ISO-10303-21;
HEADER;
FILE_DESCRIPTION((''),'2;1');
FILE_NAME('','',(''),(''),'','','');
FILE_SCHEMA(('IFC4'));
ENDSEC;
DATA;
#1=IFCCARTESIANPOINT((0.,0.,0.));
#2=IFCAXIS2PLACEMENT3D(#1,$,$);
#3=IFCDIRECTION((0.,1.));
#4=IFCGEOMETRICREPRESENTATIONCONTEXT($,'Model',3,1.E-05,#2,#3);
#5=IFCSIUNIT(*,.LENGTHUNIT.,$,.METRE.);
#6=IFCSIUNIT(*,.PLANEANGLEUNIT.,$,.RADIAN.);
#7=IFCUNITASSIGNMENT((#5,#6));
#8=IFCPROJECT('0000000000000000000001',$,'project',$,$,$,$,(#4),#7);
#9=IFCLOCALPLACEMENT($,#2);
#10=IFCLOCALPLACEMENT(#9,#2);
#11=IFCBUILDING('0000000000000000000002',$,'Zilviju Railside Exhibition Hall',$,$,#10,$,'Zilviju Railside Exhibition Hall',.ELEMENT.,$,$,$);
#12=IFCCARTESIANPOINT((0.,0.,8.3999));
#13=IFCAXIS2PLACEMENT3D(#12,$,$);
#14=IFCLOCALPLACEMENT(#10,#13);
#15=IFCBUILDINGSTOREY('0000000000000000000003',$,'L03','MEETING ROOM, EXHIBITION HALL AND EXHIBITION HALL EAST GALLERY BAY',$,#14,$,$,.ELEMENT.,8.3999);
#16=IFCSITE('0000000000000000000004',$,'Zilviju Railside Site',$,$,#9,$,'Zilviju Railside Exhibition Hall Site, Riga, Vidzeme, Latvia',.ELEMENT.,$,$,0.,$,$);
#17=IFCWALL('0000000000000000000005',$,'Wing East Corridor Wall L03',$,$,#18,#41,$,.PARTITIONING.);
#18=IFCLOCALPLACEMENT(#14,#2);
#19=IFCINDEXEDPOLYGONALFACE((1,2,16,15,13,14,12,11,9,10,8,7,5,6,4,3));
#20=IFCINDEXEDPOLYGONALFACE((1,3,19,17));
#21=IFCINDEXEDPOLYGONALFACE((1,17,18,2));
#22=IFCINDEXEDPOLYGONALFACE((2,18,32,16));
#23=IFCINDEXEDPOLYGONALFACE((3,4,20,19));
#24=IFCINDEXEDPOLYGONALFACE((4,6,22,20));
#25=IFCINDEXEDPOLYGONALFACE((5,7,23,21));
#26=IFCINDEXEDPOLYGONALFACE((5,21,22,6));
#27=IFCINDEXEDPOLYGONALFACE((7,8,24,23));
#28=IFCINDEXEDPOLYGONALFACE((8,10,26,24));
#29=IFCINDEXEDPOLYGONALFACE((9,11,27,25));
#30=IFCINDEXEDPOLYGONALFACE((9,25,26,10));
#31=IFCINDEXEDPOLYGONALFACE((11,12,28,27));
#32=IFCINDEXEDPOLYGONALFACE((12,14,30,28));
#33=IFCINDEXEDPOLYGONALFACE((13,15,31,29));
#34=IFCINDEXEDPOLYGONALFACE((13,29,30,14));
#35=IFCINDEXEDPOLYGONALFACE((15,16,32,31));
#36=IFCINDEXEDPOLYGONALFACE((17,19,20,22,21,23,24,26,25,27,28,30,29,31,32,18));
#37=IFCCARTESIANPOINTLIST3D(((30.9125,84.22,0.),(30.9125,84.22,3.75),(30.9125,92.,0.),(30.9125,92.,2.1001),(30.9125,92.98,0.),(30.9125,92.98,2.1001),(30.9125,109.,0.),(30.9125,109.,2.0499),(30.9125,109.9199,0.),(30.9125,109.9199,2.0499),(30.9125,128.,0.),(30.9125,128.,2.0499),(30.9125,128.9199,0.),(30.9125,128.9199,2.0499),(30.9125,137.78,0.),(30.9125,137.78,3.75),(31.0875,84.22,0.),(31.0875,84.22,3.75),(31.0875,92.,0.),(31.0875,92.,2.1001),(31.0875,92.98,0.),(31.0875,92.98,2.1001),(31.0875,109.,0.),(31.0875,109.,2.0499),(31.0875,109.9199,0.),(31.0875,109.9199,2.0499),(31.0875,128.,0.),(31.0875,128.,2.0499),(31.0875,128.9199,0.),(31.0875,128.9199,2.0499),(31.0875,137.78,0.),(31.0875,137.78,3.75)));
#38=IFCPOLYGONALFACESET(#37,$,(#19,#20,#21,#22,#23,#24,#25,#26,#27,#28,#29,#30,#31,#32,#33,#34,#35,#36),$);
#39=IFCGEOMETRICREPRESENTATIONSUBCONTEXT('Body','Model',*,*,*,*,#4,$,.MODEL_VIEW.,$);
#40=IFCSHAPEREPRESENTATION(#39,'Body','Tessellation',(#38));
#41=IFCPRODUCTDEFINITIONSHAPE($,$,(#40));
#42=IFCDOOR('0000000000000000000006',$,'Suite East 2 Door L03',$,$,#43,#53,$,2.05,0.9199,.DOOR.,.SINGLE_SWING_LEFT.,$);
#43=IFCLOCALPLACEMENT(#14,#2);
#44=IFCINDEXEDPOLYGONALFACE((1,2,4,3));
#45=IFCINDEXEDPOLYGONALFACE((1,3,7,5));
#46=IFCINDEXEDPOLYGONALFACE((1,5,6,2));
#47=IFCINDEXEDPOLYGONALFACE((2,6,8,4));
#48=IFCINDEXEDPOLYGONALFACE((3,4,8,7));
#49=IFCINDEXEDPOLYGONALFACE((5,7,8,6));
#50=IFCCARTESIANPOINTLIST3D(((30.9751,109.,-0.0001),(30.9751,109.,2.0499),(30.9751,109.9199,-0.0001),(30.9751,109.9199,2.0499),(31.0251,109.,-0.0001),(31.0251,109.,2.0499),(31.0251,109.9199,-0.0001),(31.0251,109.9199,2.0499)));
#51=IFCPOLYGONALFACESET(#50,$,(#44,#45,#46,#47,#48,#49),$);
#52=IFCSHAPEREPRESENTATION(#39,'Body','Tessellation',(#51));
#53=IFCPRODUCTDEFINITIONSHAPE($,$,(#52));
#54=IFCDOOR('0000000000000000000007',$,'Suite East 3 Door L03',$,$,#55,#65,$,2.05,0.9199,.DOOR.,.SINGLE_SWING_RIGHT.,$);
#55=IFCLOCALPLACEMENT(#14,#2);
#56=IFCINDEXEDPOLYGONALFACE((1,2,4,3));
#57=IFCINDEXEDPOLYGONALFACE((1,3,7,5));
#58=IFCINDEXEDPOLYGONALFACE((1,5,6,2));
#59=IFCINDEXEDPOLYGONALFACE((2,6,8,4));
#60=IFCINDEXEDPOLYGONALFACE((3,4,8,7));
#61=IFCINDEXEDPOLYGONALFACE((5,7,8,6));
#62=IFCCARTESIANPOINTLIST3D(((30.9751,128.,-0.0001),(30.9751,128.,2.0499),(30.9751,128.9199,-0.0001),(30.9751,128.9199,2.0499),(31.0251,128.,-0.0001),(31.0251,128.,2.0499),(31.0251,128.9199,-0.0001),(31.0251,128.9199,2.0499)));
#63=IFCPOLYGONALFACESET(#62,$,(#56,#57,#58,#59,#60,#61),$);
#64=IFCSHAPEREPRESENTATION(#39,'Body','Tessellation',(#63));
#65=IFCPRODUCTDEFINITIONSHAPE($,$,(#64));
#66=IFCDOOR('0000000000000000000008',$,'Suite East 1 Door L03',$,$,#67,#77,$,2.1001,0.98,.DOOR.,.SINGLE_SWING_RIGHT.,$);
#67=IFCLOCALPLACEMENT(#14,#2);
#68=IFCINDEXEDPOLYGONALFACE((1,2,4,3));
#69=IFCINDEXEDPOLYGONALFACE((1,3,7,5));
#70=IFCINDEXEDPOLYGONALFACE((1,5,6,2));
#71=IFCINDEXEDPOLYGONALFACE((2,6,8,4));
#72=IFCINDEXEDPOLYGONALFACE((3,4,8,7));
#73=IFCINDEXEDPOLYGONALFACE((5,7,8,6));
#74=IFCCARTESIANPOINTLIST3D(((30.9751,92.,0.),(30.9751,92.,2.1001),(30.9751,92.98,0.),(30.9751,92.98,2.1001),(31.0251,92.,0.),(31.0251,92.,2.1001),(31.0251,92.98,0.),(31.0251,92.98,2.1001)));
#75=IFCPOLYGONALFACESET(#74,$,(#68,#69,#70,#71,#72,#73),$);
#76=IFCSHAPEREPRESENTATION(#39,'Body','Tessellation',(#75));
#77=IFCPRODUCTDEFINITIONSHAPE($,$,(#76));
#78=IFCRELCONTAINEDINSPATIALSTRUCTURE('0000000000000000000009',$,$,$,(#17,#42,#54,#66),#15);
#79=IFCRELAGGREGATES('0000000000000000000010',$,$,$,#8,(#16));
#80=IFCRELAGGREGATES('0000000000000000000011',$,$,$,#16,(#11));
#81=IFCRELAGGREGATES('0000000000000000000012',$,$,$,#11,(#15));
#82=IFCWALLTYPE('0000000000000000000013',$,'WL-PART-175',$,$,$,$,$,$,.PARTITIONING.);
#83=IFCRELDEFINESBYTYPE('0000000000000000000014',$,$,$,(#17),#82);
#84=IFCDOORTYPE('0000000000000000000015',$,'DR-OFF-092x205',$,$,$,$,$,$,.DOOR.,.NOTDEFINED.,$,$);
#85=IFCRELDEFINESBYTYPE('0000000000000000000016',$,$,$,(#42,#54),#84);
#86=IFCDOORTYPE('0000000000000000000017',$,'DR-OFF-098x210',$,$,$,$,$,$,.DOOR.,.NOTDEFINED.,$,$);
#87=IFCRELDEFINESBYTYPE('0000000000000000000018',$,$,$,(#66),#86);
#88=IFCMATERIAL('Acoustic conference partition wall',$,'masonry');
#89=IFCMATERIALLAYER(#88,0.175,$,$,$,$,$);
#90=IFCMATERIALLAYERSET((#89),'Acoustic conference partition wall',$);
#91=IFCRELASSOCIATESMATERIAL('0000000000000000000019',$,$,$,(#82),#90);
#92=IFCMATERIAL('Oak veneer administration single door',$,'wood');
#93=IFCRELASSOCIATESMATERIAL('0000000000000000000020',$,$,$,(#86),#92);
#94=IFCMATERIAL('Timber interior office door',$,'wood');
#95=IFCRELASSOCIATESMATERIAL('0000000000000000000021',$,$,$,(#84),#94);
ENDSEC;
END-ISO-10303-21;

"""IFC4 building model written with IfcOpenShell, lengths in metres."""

from ifc_helpers import new_model, si_unit, direction, frame, frame_2d, origin, place, context, subcontext, project, spatial, rectangle, extrude, material, layer, layer_set, type_object, element, fill, save


model = new_model("IFC4")

# Units and contexts
model_context = context("Model", 3, precision=1e-05, world=origin(), true_north=direction((0.0, 1.0)))
body_context = subcontext(model_context, "Body", "Model", "MODEL_VIEW")
ifc_project = project(units=[si_unit("LENGTHUNIT", "METRE"), si_unit("PLANEANGLEUNIT", "RADIAN")], contexts=[model_context])

# Site, building, storey
site_placement = place(None, origin())
site = spatial("IfcSite", under=ifc_project, at=site_placement, Name="Zilviju Railside Site", LongName="Zilviju Railside Exhibition Hall Site, Riga, Vidzeme, Latvia", CompositionType="ELEMENT", RefElevation=0.0)
building_placement = place(site_placement, origin())
building = spatial("IfcBuilding", under=site, at=building_placement, Name="Zilviju Railside Exhibition Hall", LongName="Zilviju Railside Exhibition Hall", CompositionType="ELEMENT")
storey_placement = place(building_placement, frame((0.0, 0.0, 8.3999)))
storey = spatial("IfcBuildingStorey", under=building, at=storey_placement, Name="L03", Description="MEETING ROOM, EXHIBITION HALL AND EXHIBITION HALL EAST GALLERY BAY", CompositionType="ELEMENT", Elevation=8.3999)

# Wall, openings, doors
ifc_material_1 = material(Name="Acoustic conference partition wall", Category="masonry")
ifc_layer_1 = layer(ifc_material_1, 0.175)
ifc_layer_set_1 = layer_set([ifc_layer_1], Name="Acoustic conference partition wall")
wall_type_1 = type_object("IfcWallType", Name="WL-PART-175", PredefinedType="PARTITIONING", material=ifc_layer_set_1)
ifc_material_2 = material(Name="Oak veneer administration single door", Category="wood")
door_type_1 = type_object("IfcDoorType", Name="DR-OFF-098x210", OperationType="NOTDEFINED", PredefinedType="DOOR", material=ifc_material_2)
wall_1_placement = place(storey_placement, frame((31.0, 84.22, 0.0), z_axis=(0.0, 0.0, 1.0), x_axis=(0.0, 1.0, 0.0)))
wall_1 = element("IfcWall", 1, at=wall_1_placement, inside=storey, type_object=wall_type_1, Name="Wing East Corridor Wall L03", PredefinedType="PARTITIONING", context=body_context, shape_type="SweptSolid", body=[
    extrude(rectangle(XDim=53.5601, YDim=0.175, at=frame_2d((26.78, 0.0))), origin(), (0.0, 0.0, 1.0), 3.75),
])
opening_1_placement = place(wall_1_placement, frame((7.78, 0.0, 0.0)))
opening_1 = element("IfcOpeningElement", 2, at=opening_1_placement, cuts=wall_1, PredefinedType="OPENING", context=body_context, shape_type="SweptSolid", body=[
    extrude(rectangle(XDim=0.98, YDim=2.1001, at=frame_2d((0.49, 1.05))), frame((0.0, 0.0974, 0.0), z_axis=(0.0, -1.0, 0.0), x_axis=(1.0, 0.0, 0.0)), (0.0, 0.0, 1.0), 0.1951),
])
opening_2_placement = place(wall_1_placement, frame((24.78, 0.0, 0.0)))
opening_2 = element("IfcOpeningElement", 3, at=opening_2_placement, cuts=wall_1, PredefinedType="OPENING", context=body_context, shape_type="SweptSolid", body=[
    extrude(rectangle(XDim=0.9199, YDim=2.05, at=frame_2d((0.46, 1.0249))), frame((0.0, 0.0974, 0.0), z_axis=(0.0, -1.0, 0.0), x_axis=(1.0, 0.0, 0.0)), (0.0, 0.0, 1.0), 0.1951),
])
opening_3_placement = place(wall_1_placement, frame((43.78, 0.0, 0.0)))
opening_3 = element("IfcOpeningElement", 4, at=opening_3_placement, cuts=wall_1, PredefinedType="OPENING", context=body_context, shape_type="SweptSolid", body=[
    extrude(rectangle(XDim=0.9199, YDim=2.05, at=frame_2d((0.46, 1.0249))), frame((0.0, 0.0974, 0.0), z_axis=(0.0, -1.0, 0.0), x_axis=(1.0, 0.0, 0.0)), (0.0, 0.0, 1.0), 0.1951),
])
ifc_material_3 = material(Name="Timber interior office door", Category="wood")
door_type_2 = type_object("IfcDoorType", Name="DR-OFF-092x205", OperationType="NOTDEFINED", PredefinedType="DOOR", material=ifc_material_3)
door_1_placement = place(opening_2_placement, origin())
door_1 = element("IfcDoor", 5, at=door_1_placement, inside=storey, type_object=door_type_2, Name="Suite East 2 Door L03", OperationType="SINGLE_SWING_LEFT", OverallHeight=2.05, OverallWidth=0.9199, PredefinedType="DOOR", context=body_context, shape_type="SweptSolid", body=[
    extrude(rectangle(XDim=0.9199, YDim=2.05, at=frame_2d((0.46, 1.0249))), frame((0.0, 0.0249, 0.0), z_axis=(0.0, -1.0, 0.0), x_axis=(1.0, 0.0, 0.0)), (0.0, 0.0, 1.0), 0.05),
])
fill(opening_2, door_1)
door_2_placement = place(opening_3_placement, origin())
door_2 = element("IfcDoor", 6, at=door_2_placement, inside=storey, type_object=door_type_2, Name="Suite East 3 Door L03", OperationType="SINGLE_SWING_RIGHT", OverallHeight=2.05, OverallWidth=0.9199, PredefinedType="DOOR", context=body_context, shape_type="SweptSolid", body=[
    extrude(rectangle(XDim=0.9199, YDim=2.05, at=frame_2d((0.46, 1.0249))), frame((0.0, 0.0249, 0.0), z_axis=(0.0, -1.0, 0.0), x_axis=(1.0, 0.0, 0.0)), (0.0, 0.0, 1.0), 0.05),
])
fill(opening_3, door_2)
door_3_placement = place(opening_1_placement, origin())
door_3 = element("IfcDoor", 7, at=door_3_placement, inside=storey, type_object=door_type_1, Name="Suite East 1 Door L03", OperationType="SINGLE_SWING_RIGHT", OverallHeight=2.1001, OverallWidth=0.98, PredefinedType="DOOR", context=body_context, shape_type="SweptSolid", body=[
    extrude(rectangle(XDim=0.98, YDim=2.1001, at=frame_2d((0.49, 1.05))), frame((0.0, 0.0249, 0.0), z_axis=(0.0, -1.0, 0.0), x_axis=(1.0, 0.0, 0.0)), (0.0, 0.0, 1.0), 0.05),
])
fill(opening_1, door_3)

save(model, "model.ifc")
